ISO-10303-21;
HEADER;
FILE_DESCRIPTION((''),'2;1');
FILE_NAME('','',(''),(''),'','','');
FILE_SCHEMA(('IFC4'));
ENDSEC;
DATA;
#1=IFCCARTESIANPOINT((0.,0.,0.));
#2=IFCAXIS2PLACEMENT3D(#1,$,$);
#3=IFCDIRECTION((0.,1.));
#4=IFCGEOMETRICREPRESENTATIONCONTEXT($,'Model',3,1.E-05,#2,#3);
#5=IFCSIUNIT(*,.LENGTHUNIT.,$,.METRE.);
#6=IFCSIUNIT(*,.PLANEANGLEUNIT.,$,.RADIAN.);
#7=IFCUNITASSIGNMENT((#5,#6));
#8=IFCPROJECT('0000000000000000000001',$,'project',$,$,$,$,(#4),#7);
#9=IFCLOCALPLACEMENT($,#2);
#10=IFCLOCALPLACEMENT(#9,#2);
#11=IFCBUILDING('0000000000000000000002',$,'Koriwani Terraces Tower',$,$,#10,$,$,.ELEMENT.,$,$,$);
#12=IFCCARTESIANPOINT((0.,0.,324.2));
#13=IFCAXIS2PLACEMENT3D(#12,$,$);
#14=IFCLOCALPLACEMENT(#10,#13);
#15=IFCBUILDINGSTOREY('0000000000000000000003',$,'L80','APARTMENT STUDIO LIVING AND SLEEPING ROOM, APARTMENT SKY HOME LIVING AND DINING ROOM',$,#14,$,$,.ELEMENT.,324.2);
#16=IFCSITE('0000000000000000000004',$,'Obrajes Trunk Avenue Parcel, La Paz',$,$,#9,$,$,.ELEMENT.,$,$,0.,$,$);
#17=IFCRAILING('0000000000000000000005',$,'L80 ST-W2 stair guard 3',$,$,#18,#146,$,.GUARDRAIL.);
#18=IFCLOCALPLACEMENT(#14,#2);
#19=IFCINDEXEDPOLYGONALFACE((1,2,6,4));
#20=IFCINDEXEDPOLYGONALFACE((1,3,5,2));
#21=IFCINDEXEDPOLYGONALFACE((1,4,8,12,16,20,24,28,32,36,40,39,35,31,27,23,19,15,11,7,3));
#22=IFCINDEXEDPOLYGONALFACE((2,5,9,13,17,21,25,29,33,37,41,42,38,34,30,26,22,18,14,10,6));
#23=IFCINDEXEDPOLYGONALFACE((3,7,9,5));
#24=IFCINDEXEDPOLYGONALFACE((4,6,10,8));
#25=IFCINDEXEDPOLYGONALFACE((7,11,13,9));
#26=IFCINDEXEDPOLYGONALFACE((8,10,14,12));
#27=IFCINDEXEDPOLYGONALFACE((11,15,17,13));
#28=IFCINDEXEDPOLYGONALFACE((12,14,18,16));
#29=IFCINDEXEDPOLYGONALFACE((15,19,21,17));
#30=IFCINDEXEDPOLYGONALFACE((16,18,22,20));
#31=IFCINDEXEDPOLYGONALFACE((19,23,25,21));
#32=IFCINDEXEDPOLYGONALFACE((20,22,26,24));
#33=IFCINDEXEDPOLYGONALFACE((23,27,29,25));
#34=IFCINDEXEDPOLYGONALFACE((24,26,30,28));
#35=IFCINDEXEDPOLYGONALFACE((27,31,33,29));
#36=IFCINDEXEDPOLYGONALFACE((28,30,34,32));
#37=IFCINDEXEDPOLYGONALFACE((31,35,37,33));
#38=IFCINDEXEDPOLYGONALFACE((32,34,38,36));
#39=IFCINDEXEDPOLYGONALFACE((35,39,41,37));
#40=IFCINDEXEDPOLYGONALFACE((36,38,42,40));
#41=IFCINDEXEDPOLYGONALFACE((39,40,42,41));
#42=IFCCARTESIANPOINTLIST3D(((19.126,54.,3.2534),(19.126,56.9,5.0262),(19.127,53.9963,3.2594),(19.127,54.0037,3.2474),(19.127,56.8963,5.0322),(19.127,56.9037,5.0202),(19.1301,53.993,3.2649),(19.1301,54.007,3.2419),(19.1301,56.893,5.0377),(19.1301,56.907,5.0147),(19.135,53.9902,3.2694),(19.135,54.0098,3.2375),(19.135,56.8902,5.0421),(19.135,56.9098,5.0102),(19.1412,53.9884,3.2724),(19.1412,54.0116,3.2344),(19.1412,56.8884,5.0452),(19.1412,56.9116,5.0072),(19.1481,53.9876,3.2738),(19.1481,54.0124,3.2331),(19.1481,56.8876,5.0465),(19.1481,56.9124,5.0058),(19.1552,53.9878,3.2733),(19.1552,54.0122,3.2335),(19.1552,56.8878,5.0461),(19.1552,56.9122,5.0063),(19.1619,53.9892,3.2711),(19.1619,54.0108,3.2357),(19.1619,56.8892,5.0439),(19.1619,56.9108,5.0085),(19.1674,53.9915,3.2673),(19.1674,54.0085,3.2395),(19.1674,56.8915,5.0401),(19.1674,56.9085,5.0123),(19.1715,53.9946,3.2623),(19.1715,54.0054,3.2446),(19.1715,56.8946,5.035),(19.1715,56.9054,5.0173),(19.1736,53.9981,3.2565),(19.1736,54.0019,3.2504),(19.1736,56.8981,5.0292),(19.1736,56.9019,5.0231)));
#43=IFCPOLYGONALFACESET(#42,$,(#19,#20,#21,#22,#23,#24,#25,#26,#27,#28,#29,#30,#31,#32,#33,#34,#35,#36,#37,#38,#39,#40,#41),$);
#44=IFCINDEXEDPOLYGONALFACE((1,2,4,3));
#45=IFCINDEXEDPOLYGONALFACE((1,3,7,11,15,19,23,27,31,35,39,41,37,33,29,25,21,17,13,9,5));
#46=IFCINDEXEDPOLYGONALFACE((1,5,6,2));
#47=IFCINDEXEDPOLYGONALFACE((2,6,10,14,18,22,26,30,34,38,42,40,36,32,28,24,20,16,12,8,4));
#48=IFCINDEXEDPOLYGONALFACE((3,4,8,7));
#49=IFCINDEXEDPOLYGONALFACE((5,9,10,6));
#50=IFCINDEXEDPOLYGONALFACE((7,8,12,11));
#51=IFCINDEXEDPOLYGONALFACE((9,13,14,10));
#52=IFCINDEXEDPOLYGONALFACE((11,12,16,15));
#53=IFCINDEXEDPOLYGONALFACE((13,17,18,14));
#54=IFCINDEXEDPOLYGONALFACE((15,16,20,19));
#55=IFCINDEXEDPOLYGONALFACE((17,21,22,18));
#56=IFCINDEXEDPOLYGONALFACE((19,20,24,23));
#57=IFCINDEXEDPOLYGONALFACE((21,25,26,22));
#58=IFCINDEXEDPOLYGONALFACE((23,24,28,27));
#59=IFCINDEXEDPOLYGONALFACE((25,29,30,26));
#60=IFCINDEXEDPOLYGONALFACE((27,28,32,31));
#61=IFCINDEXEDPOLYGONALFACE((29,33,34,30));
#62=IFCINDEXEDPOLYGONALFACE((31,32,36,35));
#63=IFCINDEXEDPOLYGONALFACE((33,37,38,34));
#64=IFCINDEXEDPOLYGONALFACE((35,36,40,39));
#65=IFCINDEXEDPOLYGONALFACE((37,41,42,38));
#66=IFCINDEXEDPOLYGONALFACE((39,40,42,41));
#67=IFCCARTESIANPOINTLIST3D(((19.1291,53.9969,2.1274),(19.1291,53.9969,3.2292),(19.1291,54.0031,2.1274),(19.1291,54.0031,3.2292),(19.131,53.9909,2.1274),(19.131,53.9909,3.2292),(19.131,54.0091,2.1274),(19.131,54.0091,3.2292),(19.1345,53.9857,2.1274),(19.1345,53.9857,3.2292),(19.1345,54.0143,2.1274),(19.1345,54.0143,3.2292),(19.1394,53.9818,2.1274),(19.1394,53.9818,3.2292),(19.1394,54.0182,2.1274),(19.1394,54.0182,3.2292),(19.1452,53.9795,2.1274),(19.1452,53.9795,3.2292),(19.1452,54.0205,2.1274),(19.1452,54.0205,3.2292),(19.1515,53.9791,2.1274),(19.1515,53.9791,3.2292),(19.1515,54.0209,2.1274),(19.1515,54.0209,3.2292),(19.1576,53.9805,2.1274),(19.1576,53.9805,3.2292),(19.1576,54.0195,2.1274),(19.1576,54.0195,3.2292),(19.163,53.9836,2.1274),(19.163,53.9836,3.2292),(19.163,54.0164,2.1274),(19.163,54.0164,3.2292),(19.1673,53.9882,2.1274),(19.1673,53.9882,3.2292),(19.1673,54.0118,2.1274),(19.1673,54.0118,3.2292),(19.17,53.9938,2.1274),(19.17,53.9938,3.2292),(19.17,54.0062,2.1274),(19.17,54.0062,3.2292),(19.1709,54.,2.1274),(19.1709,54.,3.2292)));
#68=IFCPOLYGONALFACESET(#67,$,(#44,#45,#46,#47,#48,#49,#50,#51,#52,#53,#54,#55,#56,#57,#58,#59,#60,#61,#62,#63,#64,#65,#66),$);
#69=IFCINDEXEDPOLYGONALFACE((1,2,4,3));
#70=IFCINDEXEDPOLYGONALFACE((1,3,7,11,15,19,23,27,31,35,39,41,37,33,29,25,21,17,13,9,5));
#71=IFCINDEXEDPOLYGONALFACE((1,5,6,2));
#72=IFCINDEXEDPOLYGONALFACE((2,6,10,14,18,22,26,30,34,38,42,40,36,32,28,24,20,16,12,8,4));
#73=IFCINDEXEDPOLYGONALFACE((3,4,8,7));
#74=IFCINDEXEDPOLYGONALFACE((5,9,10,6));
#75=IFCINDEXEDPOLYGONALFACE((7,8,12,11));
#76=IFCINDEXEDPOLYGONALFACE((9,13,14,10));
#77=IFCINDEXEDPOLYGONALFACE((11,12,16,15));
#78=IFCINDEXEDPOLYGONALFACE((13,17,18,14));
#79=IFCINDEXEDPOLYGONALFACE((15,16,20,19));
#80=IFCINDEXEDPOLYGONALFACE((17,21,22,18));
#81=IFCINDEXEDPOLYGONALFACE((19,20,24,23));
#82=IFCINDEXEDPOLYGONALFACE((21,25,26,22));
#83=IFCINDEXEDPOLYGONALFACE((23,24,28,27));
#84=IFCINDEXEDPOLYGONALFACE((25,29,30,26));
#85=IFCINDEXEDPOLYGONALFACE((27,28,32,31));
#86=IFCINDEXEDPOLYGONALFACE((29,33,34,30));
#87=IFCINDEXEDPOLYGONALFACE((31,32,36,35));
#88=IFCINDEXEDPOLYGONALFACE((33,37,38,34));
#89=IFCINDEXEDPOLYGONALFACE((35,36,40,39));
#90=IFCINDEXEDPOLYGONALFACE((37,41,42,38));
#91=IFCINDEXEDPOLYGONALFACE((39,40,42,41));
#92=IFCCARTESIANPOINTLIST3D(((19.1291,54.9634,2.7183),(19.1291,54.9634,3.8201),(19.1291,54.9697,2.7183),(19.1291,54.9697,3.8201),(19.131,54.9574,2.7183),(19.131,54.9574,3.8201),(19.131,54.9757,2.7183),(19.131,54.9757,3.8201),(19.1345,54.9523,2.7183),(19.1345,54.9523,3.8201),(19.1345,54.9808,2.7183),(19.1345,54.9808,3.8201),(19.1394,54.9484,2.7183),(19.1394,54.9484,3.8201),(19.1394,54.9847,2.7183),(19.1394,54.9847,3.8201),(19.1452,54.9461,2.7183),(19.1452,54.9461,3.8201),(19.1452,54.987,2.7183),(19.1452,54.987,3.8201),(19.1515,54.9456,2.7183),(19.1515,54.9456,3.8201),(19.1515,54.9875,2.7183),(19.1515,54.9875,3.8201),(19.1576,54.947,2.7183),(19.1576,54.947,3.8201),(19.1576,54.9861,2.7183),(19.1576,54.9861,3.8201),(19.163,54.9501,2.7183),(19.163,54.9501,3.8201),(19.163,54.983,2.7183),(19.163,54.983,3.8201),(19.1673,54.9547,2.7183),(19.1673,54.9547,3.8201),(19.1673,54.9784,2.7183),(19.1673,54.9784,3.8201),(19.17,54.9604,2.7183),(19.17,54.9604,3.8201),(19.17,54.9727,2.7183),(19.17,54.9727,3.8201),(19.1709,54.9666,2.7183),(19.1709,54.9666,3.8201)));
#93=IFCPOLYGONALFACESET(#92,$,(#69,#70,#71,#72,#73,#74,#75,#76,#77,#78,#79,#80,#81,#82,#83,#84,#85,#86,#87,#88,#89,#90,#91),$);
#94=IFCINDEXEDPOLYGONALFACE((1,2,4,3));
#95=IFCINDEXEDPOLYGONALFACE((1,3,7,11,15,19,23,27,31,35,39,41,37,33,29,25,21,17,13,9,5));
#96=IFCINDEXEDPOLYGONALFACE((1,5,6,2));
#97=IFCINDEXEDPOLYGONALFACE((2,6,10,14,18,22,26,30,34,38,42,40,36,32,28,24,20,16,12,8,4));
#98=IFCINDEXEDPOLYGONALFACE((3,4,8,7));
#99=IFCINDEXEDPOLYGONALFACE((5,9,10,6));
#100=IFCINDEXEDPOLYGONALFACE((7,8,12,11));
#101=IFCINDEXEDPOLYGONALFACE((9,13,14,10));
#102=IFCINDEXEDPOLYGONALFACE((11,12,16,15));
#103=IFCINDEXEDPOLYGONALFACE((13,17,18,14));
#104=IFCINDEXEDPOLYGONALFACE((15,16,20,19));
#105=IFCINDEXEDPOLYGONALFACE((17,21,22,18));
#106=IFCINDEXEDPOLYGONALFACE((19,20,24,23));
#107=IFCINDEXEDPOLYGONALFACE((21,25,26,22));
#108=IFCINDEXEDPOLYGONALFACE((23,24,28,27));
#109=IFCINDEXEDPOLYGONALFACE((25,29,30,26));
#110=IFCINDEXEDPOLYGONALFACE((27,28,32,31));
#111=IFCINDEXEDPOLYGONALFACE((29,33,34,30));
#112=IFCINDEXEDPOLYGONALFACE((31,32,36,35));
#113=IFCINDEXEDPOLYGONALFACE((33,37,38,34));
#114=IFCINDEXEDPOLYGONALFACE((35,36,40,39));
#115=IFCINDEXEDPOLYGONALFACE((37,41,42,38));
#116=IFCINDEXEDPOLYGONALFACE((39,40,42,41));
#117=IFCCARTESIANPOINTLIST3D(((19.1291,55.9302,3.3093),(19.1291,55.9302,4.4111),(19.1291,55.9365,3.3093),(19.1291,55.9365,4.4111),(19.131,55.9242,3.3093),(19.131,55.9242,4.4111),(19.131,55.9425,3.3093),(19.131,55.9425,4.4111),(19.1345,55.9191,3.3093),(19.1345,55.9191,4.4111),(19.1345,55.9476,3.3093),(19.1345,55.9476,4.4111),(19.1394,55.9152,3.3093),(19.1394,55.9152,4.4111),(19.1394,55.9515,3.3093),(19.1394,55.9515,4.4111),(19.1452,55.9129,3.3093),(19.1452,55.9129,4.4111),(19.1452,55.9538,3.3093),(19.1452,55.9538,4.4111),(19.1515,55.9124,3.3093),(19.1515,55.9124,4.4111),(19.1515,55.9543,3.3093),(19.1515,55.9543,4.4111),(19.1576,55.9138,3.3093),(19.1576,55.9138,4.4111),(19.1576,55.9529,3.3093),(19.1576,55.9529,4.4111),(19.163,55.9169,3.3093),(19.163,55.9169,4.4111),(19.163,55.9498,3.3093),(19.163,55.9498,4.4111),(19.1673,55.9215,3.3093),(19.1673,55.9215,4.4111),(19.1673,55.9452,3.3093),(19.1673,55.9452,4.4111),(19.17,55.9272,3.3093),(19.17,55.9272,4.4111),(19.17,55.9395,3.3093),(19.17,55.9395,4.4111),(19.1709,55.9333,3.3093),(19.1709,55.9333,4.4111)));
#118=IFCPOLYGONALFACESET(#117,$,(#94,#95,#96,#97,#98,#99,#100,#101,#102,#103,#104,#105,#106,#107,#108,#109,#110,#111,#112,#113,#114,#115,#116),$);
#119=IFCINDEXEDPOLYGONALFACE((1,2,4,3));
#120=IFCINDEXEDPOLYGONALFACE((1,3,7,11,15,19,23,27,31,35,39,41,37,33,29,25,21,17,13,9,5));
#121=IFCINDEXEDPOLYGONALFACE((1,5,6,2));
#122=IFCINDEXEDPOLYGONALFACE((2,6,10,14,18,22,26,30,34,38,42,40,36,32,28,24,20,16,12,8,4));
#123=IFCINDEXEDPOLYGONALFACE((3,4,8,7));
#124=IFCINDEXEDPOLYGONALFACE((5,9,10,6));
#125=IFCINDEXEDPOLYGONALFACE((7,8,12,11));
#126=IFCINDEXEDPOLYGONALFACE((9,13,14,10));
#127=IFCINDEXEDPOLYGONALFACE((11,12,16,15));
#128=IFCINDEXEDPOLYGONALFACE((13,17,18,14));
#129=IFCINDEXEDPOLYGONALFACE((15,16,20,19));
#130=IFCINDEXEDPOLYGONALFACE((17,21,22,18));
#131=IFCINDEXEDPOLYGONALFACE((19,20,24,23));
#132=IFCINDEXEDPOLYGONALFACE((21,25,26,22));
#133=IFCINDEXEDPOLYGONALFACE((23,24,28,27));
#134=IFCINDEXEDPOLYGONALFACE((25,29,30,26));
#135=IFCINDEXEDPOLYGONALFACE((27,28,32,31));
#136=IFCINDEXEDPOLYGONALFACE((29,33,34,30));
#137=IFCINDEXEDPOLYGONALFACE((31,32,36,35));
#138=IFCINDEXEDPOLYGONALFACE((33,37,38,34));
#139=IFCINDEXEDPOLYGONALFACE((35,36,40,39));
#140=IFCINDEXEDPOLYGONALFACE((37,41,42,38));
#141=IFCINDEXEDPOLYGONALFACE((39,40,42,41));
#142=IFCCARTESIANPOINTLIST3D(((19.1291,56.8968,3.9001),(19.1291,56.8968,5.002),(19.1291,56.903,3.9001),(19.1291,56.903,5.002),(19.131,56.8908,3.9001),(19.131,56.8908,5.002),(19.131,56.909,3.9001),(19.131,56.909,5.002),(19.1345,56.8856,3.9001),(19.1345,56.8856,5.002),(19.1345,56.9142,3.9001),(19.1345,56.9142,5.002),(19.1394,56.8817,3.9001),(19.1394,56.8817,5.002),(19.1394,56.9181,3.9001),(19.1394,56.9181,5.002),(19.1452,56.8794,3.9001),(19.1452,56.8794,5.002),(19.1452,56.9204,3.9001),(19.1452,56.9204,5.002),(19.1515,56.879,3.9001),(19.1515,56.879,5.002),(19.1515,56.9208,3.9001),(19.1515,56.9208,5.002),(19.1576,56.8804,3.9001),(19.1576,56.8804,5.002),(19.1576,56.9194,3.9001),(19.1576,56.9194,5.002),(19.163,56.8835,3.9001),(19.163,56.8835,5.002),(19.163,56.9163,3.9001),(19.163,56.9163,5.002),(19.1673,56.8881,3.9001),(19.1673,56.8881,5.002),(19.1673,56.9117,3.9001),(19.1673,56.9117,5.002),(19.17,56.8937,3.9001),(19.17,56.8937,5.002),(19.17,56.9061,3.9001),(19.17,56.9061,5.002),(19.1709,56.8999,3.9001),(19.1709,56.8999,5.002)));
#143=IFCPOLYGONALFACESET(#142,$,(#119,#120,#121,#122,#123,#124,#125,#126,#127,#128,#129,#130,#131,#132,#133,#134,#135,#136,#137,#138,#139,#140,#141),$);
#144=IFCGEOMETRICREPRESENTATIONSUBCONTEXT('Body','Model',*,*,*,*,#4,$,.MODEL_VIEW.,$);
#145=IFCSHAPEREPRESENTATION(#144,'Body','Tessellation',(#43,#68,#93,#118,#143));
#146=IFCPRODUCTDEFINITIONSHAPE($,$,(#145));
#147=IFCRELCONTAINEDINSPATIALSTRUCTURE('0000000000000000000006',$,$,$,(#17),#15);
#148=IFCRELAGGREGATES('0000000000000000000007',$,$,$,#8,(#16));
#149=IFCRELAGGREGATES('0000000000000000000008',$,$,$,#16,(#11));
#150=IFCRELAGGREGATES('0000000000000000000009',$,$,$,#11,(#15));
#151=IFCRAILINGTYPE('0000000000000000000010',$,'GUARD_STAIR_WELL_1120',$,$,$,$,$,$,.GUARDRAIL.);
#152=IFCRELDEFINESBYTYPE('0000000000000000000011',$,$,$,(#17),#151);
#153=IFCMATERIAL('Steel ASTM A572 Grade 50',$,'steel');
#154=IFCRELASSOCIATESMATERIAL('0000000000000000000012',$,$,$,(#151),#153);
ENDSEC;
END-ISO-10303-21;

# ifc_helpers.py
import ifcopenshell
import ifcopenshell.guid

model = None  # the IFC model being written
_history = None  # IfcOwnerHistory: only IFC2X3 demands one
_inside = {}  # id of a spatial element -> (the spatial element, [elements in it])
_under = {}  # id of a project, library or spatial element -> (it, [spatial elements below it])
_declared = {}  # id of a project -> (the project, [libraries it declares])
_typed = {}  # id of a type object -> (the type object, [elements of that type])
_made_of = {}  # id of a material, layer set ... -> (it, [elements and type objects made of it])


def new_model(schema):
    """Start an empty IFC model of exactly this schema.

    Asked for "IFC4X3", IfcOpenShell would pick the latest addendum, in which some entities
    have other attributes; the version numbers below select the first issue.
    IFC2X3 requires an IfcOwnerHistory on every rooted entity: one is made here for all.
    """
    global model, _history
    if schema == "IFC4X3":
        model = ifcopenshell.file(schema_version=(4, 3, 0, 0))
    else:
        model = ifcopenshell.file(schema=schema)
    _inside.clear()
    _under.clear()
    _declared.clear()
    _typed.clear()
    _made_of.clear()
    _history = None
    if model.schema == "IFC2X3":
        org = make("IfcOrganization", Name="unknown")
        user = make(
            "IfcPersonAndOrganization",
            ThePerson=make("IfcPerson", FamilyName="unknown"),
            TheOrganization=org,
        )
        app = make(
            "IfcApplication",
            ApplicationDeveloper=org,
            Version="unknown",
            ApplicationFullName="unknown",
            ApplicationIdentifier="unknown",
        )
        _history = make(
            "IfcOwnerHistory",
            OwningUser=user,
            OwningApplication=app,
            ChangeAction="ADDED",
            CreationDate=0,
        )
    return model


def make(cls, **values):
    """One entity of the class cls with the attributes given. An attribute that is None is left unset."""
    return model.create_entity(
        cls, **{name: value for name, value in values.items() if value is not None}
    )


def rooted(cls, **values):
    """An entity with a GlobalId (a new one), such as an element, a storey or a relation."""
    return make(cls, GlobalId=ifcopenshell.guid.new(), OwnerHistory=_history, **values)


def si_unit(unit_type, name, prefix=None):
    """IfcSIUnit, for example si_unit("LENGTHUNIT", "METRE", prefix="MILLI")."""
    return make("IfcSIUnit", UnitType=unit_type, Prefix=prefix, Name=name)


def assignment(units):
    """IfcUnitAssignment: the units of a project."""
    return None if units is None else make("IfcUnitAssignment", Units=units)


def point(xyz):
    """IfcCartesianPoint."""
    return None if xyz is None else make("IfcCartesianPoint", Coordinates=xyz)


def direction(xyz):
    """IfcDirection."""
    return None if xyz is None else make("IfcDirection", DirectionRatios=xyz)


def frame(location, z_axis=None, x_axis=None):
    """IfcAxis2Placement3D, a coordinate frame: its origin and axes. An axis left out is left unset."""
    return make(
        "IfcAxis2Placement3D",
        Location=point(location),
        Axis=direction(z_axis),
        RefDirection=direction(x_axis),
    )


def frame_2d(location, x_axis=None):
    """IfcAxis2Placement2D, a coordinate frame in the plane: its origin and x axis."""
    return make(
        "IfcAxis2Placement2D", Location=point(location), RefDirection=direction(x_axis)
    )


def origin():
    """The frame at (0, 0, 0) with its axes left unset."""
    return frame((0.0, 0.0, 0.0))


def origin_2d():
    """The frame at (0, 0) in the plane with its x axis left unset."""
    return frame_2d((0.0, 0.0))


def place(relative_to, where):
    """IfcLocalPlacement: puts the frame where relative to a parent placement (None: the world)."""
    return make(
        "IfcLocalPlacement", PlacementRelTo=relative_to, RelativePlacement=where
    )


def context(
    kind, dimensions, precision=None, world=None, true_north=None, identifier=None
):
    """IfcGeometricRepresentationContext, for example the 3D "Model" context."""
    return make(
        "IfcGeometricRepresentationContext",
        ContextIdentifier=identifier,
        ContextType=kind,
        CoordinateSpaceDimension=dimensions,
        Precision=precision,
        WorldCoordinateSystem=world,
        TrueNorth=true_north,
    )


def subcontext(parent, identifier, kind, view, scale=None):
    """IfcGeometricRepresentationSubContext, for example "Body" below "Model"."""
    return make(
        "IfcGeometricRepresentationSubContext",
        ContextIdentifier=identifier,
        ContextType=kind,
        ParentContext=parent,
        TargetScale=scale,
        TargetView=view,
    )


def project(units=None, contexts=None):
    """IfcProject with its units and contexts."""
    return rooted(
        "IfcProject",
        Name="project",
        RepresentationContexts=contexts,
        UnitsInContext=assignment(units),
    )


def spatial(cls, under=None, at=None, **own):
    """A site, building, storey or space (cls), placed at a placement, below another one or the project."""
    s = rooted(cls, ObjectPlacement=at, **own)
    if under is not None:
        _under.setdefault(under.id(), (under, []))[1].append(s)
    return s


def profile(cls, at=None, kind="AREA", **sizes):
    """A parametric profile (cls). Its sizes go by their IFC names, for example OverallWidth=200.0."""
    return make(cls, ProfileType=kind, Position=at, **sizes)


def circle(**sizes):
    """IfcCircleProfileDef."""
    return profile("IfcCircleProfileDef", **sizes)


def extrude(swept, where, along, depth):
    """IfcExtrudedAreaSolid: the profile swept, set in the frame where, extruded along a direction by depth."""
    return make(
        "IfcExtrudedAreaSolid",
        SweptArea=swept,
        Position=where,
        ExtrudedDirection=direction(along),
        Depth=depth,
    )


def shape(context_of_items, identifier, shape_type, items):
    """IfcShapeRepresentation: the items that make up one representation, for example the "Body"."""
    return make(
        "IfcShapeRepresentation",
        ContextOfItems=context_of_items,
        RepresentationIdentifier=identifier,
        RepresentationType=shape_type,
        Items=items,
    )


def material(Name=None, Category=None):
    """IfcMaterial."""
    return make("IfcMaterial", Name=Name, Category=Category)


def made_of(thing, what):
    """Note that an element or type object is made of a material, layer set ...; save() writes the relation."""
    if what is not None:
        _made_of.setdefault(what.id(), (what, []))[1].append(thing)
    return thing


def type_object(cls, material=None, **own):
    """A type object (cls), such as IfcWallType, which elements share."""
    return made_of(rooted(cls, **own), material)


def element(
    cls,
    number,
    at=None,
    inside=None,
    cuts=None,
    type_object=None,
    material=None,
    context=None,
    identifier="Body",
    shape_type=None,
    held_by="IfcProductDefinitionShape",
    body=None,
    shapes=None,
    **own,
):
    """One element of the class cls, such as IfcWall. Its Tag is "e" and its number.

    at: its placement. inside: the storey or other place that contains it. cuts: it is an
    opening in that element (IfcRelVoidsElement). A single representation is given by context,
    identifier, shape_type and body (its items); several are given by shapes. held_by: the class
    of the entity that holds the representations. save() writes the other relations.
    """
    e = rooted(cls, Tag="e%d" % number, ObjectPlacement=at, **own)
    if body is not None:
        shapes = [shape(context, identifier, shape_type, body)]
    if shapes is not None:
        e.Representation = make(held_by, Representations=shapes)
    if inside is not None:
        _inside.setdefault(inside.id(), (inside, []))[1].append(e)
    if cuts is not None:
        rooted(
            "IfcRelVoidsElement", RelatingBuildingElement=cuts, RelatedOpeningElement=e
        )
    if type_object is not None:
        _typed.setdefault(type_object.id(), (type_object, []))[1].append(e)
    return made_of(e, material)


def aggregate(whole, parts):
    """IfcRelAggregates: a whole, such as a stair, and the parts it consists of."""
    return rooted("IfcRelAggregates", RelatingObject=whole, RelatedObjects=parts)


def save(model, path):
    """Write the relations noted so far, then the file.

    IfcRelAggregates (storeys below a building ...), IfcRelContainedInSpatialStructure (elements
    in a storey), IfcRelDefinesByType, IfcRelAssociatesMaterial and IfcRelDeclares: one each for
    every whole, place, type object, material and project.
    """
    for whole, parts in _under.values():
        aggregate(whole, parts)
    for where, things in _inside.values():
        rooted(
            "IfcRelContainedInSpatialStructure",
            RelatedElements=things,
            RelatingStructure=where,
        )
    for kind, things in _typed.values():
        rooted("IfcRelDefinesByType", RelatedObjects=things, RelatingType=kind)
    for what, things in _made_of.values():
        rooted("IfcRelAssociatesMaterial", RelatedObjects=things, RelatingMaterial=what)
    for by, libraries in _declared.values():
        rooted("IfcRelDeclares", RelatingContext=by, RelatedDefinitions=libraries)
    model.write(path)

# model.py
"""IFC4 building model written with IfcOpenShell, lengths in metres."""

from ifc_helpers import new_model, si_unit, direction, frame, origin, origin_2d, place, context, subcontext, project, spatial, circle, extrude, material, type_object, element, save


model = new_model("IFC4")

# Units and contexts
model_context = context("Model", 3, precision=1e-05, world=origin(), true_north=direction((0.0, 1.0)))
body_context = subcontext(model_context, "Body", "Model", "MODEL_VIEW")
ifc_project = project(units=[si_unit("LENGTHUNIT", "METRE"), si_unit("PLANEANGLEUNIT", "RADIAN")], contexts=[model_context])

# Site, building, storey
site_placement = place(None, origin())
site = spatial("IfcSite", under=ifc_project, at=site_placement, Name="Obrajes Trunk Avenue Parcel, La Paz", CompositionType="ELEMENT", RefElevation=0.0)
building_placement = place(site_placement, origin())
building = spatial("IfcBuilding", under=site, at=building_placement, Name="Koriwani Terraces Tower", CompositionType="ELEMENT")
storey_placement = place(building_placement, frame((0.0, 0.0, 324.2)))
storey = spatial("IfcBuildingStorey", under=building, at=storey_placement, Name="L80", Description="APARTMENT STUDIO LIVING AND SLEEPING ROOM, APARTMENT SKY HOME LIVING AND DINING ROOM", CompositionType="ELEMENT", Elevation=324.2)

# Shared definitions
ifc_material_1 = material(Name="Steel ASTM A572 Grade 50", Category="steel")

# Railing
railing_type_1 = type_object("IfcRailingType", Name="GUARD_STAIR_WELL_1120", PredefinedType="GUARDRAIL", material=ifc_material_1)
railing_1_placement = place(storey_placement, frame((19.1499, 54.0, 2.1274)))
element("IfcRailing", 1, at=railing_1_placement, inside=storey, type_object=railing_type_1, Name="L80 ST-W2 stair guard 3", PredefinedType="GUARDRAIL", context=body_context, shape_type="SweptSolid", body=[
    extrude(circle(Radius=0.0239, at=origin_2d()), frame((0.0, 0.0, 1.126), z_axis=(0.0, 0.853211, 0.521566), x_axis=(-1.0, 0.0, 0.0)), (0.0, 0.0, 1.0), 3.3989),
    extrude(circle(Radius=0.021, at=origin_2d()), origin(), (0.0, 0.0, 1.0), 1.1018),
    extrude(circle(Radius=0.021, at=origin_2d()), frame((0.0, 0.9666, 0.5908)), (0.0, 0.0, 1.0), 1.1018),
    extrude(circle(Radius=0.021, at=origin_2d()), frame((0.0, 1.9333, 1.1819)), (0.0, 0.0, 1.0), 1.1018),
    extrude(circle(Radius=0.021, at=origin_2d()), frame((0.0, 2.8999, 1.7727)), (0.0, 0.0, 1.0), 1.1018),
])

save(model, "model.ifc")
